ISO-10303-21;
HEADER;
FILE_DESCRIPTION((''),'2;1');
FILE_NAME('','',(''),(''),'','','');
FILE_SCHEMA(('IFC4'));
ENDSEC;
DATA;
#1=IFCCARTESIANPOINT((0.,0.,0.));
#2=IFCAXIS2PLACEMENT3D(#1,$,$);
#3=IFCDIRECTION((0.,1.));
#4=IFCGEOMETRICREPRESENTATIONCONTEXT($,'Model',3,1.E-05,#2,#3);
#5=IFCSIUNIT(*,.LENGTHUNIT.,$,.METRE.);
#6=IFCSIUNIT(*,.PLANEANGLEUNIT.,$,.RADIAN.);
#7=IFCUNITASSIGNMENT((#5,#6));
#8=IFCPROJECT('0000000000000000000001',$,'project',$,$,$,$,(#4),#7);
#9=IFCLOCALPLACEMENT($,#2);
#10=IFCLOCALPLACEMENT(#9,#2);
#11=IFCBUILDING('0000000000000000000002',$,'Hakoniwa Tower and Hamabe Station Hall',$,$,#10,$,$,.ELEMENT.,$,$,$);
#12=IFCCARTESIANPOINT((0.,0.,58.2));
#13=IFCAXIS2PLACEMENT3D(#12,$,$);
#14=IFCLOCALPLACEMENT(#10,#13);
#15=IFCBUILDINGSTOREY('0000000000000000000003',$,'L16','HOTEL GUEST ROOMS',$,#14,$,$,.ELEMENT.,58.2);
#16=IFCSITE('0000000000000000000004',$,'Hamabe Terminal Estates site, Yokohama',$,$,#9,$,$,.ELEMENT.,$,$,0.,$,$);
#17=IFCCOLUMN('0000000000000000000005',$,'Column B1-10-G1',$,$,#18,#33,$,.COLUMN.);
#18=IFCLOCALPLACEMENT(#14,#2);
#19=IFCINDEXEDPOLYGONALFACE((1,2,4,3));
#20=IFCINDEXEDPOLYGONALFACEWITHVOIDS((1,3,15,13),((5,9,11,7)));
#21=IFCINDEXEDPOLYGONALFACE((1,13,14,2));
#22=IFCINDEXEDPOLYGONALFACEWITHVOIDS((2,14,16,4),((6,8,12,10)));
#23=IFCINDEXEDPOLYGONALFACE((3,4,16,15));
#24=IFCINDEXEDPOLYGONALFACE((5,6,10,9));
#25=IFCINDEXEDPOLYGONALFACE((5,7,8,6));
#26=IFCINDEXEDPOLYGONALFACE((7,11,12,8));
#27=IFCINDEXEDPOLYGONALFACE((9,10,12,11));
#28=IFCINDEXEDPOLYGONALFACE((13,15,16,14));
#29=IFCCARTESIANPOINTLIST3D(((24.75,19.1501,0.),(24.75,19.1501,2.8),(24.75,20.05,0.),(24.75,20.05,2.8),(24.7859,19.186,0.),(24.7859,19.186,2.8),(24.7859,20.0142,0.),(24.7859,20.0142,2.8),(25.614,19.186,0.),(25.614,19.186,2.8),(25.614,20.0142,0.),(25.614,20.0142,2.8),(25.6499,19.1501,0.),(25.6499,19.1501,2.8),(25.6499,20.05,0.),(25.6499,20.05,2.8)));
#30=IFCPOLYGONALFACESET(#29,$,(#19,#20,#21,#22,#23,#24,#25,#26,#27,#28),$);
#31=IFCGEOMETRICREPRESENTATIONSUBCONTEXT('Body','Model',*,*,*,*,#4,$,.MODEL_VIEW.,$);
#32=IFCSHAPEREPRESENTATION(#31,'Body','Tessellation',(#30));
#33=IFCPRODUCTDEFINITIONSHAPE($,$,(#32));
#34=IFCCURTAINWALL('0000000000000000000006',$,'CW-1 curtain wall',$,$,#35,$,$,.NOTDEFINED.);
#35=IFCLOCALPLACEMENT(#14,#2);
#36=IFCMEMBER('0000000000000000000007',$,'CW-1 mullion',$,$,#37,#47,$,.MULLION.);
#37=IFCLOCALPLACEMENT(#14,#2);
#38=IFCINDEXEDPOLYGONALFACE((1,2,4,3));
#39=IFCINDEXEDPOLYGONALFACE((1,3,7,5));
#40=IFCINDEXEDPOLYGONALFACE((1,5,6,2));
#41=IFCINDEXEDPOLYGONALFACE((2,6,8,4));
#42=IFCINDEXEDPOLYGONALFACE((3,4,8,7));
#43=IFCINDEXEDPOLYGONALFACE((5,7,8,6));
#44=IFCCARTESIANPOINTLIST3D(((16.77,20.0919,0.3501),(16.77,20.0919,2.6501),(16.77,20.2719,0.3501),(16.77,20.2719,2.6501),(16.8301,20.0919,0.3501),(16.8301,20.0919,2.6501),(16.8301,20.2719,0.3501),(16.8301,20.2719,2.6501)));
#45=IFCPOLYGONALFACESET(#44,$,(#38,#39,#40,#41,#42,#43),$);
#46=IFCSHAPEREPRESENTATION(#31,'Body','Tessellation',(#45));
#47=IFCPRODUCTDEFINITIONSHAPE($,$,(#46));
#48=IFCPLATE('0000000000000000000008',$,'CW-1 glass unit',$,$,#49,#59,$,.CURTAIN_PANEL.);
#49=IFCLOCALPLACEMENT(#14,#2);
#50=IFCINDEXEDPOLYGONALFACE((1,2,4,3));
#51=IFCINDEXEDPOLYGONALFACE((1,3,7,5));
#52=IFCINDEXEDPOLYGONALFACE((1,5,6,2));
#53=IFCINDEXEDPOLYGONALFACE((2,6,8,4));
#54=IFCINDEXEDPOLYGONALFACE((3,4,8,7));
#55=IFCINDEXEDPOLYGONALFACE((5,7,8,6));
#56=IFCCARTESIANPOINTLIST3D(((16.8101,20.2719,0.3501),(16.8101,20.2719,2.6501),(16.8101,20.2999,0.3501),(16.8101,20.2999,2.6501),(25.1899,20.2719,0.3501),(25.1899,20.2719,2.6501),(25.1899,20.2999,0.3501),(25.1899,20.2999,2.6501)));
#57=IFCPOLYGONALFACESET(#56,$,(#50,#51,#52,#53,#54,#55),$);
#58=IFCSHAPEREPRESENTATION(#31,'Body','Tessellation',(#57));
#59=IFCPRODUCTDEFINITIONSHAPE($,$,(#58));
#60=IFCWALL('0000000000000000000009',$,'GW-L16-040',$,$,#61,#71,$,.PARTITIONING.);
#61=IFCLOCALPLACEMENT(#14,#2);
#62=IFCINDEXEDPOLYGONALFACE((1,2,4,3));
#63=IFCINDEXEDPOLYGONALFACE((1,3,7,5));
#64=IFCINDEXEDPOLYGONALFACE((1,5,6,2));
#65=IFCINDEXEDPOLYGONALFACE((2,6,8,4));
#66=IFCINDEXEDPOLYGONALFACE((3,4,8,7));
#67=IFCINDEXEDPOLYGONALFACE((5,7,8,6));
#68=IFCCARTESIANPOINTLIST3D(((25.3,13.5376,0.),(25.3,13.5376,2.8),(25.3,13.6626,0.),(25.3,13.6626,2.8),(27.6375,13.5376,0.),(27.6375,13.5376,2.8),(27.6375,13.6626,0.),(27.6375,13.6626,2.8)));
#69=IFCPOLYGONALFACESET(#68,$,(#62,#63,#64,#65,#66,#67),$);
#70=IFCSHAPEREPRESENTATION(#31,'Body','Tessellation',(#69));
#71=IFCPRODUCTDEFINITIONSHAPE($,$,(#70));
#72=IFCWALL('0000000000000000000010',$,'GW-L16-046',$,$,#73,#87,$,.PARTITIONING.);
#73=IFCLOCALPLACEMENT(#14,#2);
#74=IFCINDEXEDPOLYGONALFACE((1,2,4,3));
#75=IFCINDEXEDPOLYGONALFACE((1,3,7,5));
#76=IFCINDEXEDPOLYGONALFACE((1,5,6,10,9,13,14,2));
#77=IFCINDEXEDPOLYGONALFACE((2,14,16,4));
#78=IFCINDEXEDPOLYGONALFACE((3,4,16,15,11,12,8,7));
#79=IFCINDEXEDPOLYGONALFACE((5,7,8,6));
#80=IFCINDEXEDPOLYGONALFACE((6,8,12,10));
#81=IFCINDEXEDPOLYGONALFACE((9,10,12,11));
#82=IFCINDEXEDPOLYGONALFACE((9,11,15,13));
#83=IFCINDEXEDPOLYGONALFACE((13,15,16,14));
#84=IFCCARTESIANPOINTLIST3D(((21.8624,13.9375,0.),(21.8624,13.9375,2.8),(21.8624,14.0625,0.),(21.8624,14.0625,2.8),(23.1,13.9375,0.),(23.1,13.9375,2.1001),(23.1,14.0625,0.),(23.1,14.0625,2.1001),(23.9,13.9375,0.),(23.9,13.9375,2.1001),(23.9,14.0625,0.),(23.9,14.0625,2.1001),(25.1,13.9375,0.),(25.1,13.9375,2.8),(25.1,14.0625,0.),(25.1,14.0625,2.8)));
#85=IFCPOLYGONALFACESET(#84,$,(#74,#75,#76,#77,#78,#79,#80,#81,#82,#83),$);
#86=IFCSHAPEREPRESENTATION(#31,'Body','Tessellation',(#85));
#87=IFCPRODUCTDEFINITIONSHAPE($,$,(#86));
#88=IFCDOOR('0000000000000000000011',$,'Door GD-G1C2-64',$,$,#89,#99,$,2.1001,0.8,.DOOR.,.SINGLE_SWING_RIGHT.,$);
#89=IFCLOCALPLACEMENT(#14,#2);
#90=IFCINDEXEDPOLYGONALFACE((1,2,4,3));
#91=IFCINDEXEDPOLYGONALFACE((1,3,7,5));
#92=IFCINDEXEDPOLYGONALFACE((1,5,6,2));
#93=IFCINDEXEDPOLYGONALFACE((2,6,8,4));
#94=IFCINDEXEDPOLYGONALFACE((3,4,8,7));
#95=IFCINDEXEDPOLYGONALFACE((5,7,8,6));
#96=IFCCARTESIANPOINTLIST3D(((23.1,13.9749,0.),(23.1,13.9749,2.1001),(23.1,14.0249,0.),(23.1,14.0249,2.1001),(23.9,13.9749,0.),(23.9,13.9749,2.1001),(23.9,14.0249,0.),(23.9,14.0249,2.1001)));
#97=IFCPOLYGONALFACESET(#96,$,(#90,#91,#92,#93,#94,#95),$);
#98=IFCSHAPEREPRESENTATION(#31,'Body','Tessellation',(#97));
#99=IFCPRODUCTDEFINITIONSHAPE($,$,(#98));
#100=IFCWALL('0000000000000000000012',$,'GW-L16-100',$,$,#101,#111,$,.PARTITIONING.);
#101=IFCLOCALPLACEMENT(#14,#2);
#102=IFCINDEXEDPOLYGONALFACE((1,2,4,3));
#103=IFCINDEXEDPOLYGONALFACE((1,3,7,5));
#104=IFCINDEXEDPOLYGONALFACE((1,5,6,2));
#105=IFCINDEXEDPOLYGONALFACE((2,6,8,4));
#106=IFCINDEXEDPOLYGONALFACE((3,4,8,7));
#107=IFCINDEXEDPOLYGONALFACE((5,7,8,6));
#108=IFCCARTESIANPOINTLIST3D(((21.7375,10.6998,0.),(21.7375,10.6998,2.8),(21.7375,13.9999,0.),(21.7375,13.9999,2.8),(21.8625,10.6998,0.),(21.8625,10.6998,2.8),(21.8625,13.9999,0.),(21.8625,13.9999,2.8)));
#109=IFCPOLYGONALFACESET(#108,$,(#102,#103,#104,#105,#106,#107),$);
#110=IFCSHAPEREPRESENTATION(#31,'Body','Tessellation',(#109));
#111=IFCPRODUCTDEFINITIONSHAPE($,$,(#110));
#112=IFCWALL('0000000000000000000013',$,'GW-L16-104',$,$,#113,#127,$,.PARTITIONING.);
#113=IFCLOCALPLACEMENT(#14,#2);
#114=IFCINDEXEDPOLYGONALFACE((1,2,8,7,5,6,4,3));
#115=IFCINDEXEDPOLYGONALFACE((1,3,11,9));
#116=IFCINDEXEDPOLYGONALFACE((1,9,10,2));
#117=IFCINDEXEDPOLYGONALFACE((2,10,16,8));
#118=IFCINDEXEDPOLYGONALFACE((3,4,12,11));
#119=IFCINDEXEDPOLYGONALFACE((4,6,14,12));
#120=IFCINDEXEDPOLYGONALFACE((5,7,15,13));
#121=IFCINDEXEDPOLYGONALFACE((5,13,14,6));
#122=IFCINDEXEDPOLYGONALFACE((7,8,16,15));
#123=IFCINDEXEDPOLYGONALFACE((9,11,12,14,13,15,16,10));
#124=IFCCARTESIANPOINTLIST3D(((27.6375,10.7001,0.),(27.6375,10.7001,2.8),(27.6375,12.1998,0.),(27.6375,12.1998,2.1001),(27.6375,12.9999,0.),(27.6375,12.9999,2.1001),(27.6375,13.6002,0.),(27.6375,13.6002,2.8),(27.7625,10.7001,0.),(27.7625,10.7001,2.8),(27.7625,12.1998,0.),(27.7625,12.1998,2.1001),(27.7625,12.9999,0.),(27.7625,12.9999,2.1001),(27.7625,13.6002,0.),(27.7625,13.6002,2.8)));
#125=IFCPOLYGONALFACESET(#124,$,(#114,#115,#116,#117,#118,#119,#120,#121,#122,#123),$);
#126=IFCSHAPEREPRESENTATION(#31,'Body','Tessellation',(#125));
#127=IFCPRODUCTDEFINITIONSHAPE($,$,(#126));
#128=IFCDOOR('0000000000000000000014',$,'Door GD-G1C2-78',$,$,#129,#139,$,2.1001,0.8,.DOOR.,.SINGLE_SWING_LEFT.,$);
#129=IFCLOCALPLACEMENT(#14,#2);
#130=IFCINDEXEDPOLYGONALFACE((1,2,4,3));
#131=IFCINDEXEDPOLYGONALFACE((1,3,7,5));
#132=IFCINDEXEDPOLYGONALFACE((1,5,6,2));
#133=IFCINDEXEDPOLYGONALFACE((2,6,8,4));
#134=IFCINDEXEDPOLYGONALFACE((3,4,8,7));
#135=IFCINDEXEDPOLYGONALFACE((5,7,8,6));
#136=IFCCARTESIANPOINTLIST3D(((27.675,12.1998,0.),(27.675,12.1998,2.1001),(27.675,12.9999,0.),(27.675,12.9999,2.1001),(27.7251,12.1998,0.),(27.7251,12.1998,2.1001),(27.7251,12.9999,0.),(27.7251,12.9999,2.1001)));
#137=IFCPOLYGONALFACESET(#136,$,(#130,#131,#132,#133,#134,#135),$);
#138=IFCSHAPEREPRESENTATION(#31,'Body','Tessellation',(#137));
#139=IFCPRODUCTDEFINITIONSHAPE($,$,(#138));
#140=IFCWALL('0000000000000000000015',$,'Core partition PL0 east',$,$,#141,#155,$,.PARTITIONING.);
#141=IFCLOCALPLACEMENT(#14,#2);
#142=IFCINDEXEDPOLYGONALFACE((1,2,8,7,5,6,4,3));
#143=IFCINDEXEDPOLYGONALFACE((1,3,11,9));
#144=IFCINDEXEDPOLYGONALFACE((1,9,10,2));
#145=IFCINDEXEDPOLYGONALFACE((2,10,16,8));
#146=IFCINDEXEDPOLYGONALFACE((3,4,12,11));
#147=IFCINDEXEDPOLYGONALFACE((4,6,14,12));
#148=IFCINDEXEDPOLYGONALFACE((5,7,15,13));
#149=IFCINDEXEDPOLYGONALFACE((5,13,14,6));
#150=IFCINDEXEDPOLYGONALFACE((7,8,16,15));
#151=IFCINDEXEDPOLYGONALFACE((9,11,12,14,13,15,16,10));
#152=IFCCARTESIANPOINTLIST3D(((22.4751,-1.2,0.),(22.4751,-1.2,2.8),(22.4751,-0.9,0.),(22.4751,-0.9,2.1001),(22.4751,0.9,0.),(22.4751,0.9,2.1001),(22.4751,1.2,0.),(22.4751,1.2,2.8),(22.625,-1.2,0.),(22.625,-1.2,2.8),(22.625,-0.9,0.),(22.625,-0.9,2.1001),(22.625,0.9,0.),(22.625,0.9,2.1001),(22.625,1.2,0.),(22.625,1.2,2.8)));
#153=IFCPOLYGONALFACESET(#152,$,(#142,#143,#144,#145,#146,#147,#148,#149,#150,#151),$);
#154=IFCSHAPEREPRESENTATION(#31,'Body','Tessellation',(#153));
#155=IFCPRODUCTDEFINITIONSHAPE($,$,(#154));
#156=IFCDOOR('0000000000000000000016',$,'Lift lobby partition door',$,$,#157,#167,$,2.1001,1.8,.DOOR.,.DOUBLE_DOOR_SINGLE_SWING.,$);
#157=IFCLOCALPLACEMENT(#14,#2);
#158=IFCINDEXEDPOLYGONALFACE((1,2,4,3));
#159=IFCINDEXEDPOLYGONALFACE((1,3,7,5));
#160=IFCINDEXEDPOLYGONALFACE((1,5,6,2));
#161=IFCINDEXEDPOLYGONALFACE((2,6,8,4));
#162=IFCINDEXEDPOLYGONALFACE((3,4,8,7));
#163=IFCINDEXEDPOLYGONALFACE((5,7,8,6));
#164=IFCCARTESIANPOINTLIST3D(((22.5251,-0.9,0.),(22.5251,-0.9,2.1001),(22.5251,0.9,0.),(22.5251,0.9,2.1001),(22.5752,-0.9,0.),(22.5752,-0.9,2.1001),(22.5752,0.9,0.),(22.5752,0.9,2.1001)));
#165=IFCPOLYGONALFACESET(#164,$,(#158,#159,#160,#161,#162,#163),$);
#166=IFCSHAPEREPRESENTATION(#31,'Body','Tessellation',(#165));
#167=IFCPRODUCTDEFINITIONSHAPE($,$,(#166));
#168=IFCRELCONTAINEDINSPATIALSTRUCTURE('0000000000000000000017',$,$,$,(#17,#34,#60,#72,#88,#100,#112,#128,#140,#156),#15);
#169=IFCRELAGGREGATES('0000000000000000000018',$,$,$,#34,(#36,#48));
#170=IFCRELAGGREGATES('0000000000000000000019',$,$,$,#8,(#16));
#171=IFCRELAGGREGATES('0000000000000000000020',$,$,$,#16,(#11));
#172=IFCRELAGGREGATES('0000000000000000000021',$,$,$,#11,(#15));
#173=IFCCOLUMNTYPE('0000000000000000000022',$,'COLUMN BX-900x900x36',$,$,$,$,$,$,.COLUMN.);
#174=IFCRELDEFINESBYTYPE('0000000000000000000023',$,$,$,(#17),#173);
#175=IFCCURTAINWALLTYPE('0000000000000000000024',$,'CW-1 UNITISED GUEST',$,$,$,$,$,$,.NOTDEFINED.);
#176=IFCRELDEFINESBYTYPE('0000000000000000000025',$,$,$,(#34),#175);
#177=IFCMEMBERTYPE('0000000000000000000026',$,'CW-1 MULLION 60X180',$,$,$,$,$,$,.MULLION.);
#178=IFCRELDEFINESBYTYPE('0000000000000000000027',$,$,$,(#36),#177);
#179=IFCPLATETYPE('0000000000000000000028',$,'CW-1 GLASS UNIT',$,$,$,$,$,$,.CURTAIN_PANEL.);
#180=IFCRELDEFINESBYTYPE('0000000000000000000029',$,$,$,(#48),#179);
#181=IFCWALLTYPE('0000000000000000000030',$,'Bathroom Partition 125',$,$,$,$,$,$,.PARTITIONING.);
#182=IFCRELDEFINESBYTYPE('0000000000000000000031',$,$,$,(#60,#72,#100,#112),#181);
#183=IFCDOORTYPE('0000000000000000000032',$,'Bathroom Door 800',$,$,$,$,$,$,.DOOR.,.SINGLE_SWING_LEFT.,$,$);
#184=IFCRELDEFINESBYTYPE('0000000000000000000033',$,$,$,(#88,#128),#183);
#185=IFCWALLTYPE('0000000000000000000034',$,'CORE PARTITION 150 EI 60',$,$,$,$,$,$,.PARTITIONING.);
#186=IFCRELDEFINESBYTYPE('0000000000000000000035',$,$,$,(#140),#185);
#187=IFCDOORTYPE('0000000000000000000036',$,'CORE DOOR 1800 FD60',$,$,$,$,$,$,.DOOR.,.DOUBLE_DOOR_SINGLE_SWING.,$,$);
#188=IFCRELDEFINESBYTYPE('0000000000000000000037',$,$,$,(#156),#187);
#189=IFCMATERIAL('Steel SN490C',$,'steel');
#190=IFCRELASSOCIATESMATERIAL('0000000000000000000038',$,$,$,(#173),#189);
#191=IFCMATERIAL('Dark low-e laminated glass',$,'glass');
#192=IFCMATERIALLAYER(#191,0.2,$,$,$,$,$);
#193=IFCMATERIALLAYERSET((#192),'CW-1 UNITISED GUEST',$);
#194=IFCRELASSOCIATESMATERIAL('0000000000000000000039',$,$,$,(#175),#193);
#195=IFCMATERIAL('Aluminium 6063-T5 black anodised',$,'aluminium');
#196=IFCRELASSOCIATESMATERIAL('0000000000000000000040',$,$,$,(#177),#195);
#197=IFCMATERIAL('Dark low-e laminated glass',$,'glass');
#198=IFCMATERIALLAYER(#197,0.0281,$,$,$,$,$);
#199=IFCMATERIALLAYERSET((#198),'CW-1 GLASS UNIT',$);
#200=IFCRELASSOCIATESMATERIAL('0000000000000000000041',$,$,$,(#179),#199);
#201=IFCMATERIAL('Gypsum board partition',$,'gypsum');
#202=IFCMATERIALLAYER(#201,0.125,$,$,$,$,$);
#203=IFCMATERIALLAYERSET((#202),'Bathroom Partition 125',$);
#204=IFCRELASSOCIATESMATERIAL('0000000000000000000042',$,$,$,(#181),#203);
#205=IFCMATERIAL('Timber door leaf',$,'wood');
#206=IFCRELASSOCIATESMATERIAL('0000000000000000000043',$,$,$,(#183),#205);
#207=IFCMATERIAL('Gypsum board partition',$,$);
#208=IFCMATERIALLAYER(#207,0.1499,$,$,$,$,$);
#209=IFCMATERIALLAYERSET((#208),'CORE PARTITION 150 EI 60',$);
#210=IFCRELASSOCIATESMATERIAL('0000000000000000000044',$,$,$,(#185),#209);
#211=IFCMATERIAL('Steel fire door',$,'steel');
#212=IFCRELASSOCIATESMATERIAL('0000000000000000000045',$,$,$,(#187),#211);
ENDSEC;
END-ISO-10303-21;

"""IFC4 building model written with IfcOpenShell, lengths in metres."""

from ifc_helpers import new_model, si_unit, direction, frame, frame_2d, origin, origin_2d, place, context, subcontext, project, spatial, rectangle, hollow_rectangle, extrude, material, layer, layer_set, material_profile, profile_set, type_object, element, fill, aggregate, save


model = new_model("IFC4")

# Units and contexts
model_context = context("Model", 3, precision=1e-05, world=origin(), true_north=direction((0.0, 1.0)))
body_context = subcontext(model_context, "Body", "Model", "MODEL_VIEW")
ifc_project = project(units=[si_unit("LENGTHUNIT", "METRE"), si_unit("PLANEANGLEUNIT", "RADIAN")], contexts=[model_context])

# Site, building, storey
site_placement = place(None, origin())
site = spatial("IfcSite", under=ifc_project, at=site_placement, Name="Hamabe Terminal Estates site, Yokohama", CompositionType="ELEMENT", RefElevation=0.0)
building_placement = place(site_placement, origin())
building = spatial("IfcBuilding", under=site, at=building_placement, Name="Hakoniwa Tower and Hamabe Station Hall", CompositionType="ELEMENT")
storey_placement = place(building_placement, frame((0.0, 0.0, 58.2)))
storey = spatial("IfcBuildingStorey", under=building, at=storey_placement, Name="L16", Description="HOTEL GUEST ROOMS", CompositionType="ELEMENT", Elevation=58.2)

# Column
ifc_material_1 = material(Name="Steel SN490C", Category="steel")
ifc_material_profile_1 = material_profile(ifc_material_1, hollow_rectangle(XDim=0.8999, YDim=0.8999, WallThickness=0.0359, at=origin_2d()), Name="BX-900x900x36")
ifc_profile_set_1 = profile_set([ifc_material_profile_1], Name="Steel SN490C")
column_type = type_object("IfcColumnType", Name="COLUMN BX-900x900x36", PredefinedType="COLUMN", material=ifc_profile_set_1)
column_placement = place(storey_placement, frame((25.2, 19.6001, 0.0), z_axis=(0.0, 0.0, 1.0), x_axis=(1.0, 0.0, 0.0)))
element("IfcColumn", 1, at=column_placement, inside=storey, type_object=column_type, Name="Column B1-10-G1", PredefinedType="COLUMN", context=body_context, shape_type="SweptSolid", body=[
    extrude(hollow_rectangle(XDim=0.8999, YDim=0.8999, WallThickness=0.0359, at=origin_2d()), origin(), (0.0, 0.0, 1.0), 2.8),
])

# Curtain wall, member, plate
ifc_material_2 = material(Name="Dark low-e laminated glass", Category="glass")
ifc_layer_1 = layer(ifc_material_2, 0.2)
ifc_layer_set_1 = layer_set([ifc_layer_1], Name="CW-1 UNITISED GUEST")
curtain_wall_type = type_object("IfcCurtainWallType", Name="CW-1 UNITISED GUEST", PredefinedType="NOTDEFINED", material=ifc_layer_set_1)
curtain_wall_placement = place(storey_placement, origin())
curtain_wall = element("IfcCurtainWall", 2, at=curtain_wall_placement, inside=storey, type_object=curtain_wall_type, Name="CW-1 curtain wall", PredefinedType="NOTDEFINED")
ifc_material_3 = material(Name="Aluminium 6063-T5 black anodised", Category="aluminium")
ifc_material_profile_2 = material_profile(ifc_material_3, rectangle(XDim=0.0601, YDim=0.1799, at=origin_2d()), Name="CW-1 MULLION 60X180")
ifc_profile_set_2 = profile_set([ifc_material_profile_2], Name="Aluminium 6063-T5 black anodised")
member_type = type_object("IfcMemberType", Name="CW-1 MULLION 60X180", PredefinedType="MULLION", material=ifc_profile_set_2)
member_placement = place(storey_placement, frame((16.8, 20.1819, 0.3501), z_axis=(0.0, 0.0, 1.0), x_axis=(-1.0, 0.0, 0.0)))
member = element("IfcMember", 3, at=member_placement, type_object=member_type, Name="CW-1 mullion", PredefinedType="MULLION", context=body_context, shape_type="SweptSolid", body=[
    extrude(rectangle(XDim=0.0601, YDim=0.1799, at=origin_2d()), origin(), (0.0, 0.0, 1.0), 2.3),
])
ifc_material_4 = material(Name="Dark low-e laminated glass", Category="glass")
ifc_layer_2 = layer(ifc_material_4, 0.0281)
ifc_layer_set_2 = layer_set([ifc_layer_2], Name="CW-1 GLASS UNIT")
plate_type = type_object("IfcPlateType", Name="CW-1 GLASS UNIT", PredefinedType="CURTAIN_PANEL", material=ifc_layer_set_2)
plate_placement = place(storey_placement, frame((21.0, 20.2859, 0.3501), z_axis=(0.0, 0.0, 1.0), x_axis=(-1.0, 0.0, 0.0)))
plate = element("IfcPlate", 4, at=plate_placement, type_object=plate_type, Name="CW-1 glass unit", PredefinedType="CURTAIN_PANEL", context=body_context, shape_type="SweptSolid", body=[
    extrude(rectangle(XDim=8.3799, YDim=0.0281, at=origin_2d()), origin(), (0.0, 0.0, 1.0), 2.3),
])
aggregate(curtain_wall, [member, plate])

# Wall
ifc_material_5 = material(Name="Gypsum board partition", Category="gypsum")
ifc_layer_3 = layer(ifc_material_5, 0.125)
ifc_layer_set_3 = layer_set([ifc_layer_3], Name="Bathroom Partition 125")
wall_type_1 = type_object("IfcWallType", Name="Bathroom Partition 125", PredefinedType="PARTITIONING", material=ifc_layer_set_3)
wall_1_placement = place(storey_placement, frame((25.3, 13.6001, 0.0), z_axis=(0.0, 0.0, 1.0), x_axis=(1.0, 0.0, 0.0)))
element("IfcWall", 5, at=wall_1_placement, inside=storey, type_object=wall_type_1, Name="GW-L16-040", PredefinedType="PARTITIONING", context=body_context, shape_type="SweptSolid", body=[
    extrude(rectangle(XDim=2.3374, YDim=0.125, at=frame_2d((1.1687, 0.0))), origin(), (0.0, 0.0, 1.0), 2.8),
])

# Wall, opening, door
wall_2_placement = place(storey_placement, frame((21.8625, 14.0, 0.0), z_axis=(0.0, 0.0, 1.0), x_axis=(1.0, 0.0, 0.0)))
wall_2 = element("IfcWall", 6, at=wall_2_placement, inside=storey, type_object=wall_type_1, Name="GW-L16-046", PredefinedType="PARTITIONING", context=body_context, shape_type="SweptSolid", body=[
    extrude(rectangle(XDim=3.2375, YDim=0.125, at=frame_2d((1.6187, 0.0))), origin(), (0.0, 0.0, 1.0), 2.8),
])
opening_1_placement = place(wall_2_placement, frame((1.2375, 0.0, 0.0)))
opening_1 = element("IfcOpeningElement", 7, at=opening_1_placement, cuts=wall_2, PredefinedType="OPENING", context=body_context, shape_type="SweptSolid", body=[
    extrude(rectangle(XDim=0.8, YDim=2.1001, at=frame_2d((0.3999, 1.05))), frame((0.0, 0.0725, 0.0), z_axis=(0.0, -1.0, 0.0), x_axis=(1.0, 0.0, 0.0)), (0.0, 0.0, 1.0), 0.145),
])
ifc_material_6 = material(Name="Timber door leaf", Category="wood")
door_type_1 = type_object("IfcDoorType", Name="Bathroom Door 800", OperationType="SINGLE_SWING_LEFT", PredefinedType="DOOR", material=ifc_material_6)
door_1_placement = place(opening_1_placement, origin())
door_1 = element("IfcDoor", 8, at=door_1_placement, inside=storey, type_object=door_type_1, Name="Door GD-G1C2-64", OperationType="SINGLE_SWING_RIGHT", OverallHeight=2.1001, OverallWidth=0.8, PredefinedType="DOOR", context=body_context, shape_type="SweptSolid", body=[
    extrude(rectangle(XDim=0.8, YDim=2.1001, at=frame_2d((0.3999, 1.05))), frame((0.0, 0.0249, 0.0), z_axis=(0.0, -1.0, 0.0), x_axis=(1.0, 0.0, 0.0)), (0.0, 0.0, 1.0), 0.05),
])
fill(opening_1, door_1)

# Wall
wall_3_placement = place(storey_placement, frame((21.8, 10.7, 0.0), z_axis=(0.0, 0.0, 1.0), x_axis=(0.0, 1.0, 0.0)))
element("IfcWall", 9, at=wall_3_placement, inside=storey, type_object=wall_type_1, Name="GW-L16-100", PredefinedType="PARTITIONING", context=body_context, shape_type="SweptSolid", body=[
    extrude(rectangle(XDim=3.3, YDim=0.125, at=frame_2d((1.6499, 0.0))), origin(), (0.0, 0.0, 1.0), 2.8),
])

# Walls, openings, doors
wall_4_placement = place(storey_placement, frame((27.7, 10.7, 0.0), z_axis=(0.0, 0.0, 1.0), x_axis=(0.0, 1.0, 0.0)))
wall_4 = element("IfcWall", 10, at=wall_4_placement, inside=storey, type_object=wall_type_1, Name="GW-L16-104", PredefinedType="PARTITIONING", context=body_context, shape_type="SweptSolid", body=[
    extrude(rectangle(XDim=2.9001, YDim=0.125, at=frame_2d((1.4502, 0.0))), origin(), (0.0, 0.0, 1.0), 2.8),
])
opening_2_placement = place(wall_4_placement, frame((1.5, 0.0, 0.0)))
opening_2 = element("IfcOpeningElement", 11, at=opening_2_placement, cuts=wall_4, PredefinedType="OPENING", context=body_context, shape_type="SweptSolid", body=[
    extrude(rectangle(XDim=0.8, YDim=2.1001, at=frame_2d((0.3999, 1.05))), frame((0.0, 0.0725, 0.0), z_axis=(0.0, -1.0, 0.0), x_axis=(1.0, 0.0, 0.0)), (0.0, 0.0, 1.0), 0.145),
])
door_2_placement = place(opening_2_placement, origin())
door_2 = element("IfcDoor", 12, at=door_2_placement, inside=storey, type_object=door_type_1, Name="Door GD-G1C2-78", OperationType="SINGLE_SWING_LEFT", OverallHeight=2.1001, OverallWidth=0.8, PredefinedType="DOOR", context=body_context, shape_type="SweptSolid", body=[
    extrude(rectangle(XDim=0.8, YDim=2.1001, at=frame_2d((0.3999, 1.05))), frame((0.0, 0.0249, 0.0), z_axis=(0.0, -1.0, 0.0), x_axis=(1.0, 0.0, 0.0)), (0.0, 0.0, 1.0), 0.05),
])
fill(opening_2, door_2)
ifc_material_7 = material(Name="Gypsum board partition")
ifc_layer_4 = layer(ifc_material_7, 0.1499)
ifc_layer_set_4 = layer_set([ifc_layer_4], Name="CORE PARTITION 150 EI 60")
wall_type_2 = type_object("IfcWallType", Name="CORE PARTITION 150 EI 60", PredefinedType="PARTITIONING", material=ifc_layer_set_4)
wall_5_placement = place(storey_placement, frame((22.55, -1.2, 0.0), z_axis=(0.0, 0.0, 1.0), x_axis=(0.0, 1.0, 0.0)))
wall_5 = element("IfcWall", 13, at=wall_5_placement, inside=storey, type_object=wall_type_2, Name="Core partition PL0 east", PredefinedType="PARTITIONING", context=body_context, shape_type="SweptSolid", body=[
    extrude(rectangle(XDim=2.3999, YDim=0.1499, at=frame_2d((1.2, 0.0))), origin(), (0.0, 0.0, 1.0), 2.8),
])
opening_3_placement = place(wall_5_placement, frame((0.3, 0.0, 0.0)))
opening_3 = element("IfcOpeningElement", 14, at=opening_3_placement, cuts=wall_5, PredefinedType="OPENING", context=body_context, shape_type="SweptSolid", body=[
    extrude(rectangle(XDim=1.8, YDim=2.1001, at=frame_2d((0.8999, 1.05))), frame((0.0, 0.085, 0.0), z_axis=(0.0, -1.0, 0.0), x_axis=(1.0, 0.0, 0.0)), (0.0, 0.0, 1.0), 0.1699),
])
ifc_material_8 = material(Name="Steel fire door", Category="steel")
door_type_2 = type_object("IfcDoorType", Name="CORE DOOR 1800 FD60", OperationType="DOUBLE_DOOR_SINGLE_SWING", PredefinedType="DOOR", material=ifc_material_8)
door_3_placement = place(opening_3_placement, origin())
door_3 = element("IfcDoor", 15, at=door_3_placement, inside=storey, type_object=door_type_2, Name="Lift lobby partition door", OperationType="DOUBLE_DOOR_SINGLE_SWING", OverallHeight=2.1001, OverallWidth=1.8, PredefinedType="DOOR", context=body_context, shape_type="SweptSolid", body=[
    extrude(rectangle(XDim=1.8, YDim=2.1001, at=frame_2d((0.8999, 1.05))), frame((0.0, 0.0249, 0.0), z_axis=(0.0, -1.0, 0.0), x_axis=(1.0, 0.0, 0.0)), (0.0, 0.0, 1.0), 0.05),
])
fill(opening_3, door_3)

save(model, "model.ifc")
